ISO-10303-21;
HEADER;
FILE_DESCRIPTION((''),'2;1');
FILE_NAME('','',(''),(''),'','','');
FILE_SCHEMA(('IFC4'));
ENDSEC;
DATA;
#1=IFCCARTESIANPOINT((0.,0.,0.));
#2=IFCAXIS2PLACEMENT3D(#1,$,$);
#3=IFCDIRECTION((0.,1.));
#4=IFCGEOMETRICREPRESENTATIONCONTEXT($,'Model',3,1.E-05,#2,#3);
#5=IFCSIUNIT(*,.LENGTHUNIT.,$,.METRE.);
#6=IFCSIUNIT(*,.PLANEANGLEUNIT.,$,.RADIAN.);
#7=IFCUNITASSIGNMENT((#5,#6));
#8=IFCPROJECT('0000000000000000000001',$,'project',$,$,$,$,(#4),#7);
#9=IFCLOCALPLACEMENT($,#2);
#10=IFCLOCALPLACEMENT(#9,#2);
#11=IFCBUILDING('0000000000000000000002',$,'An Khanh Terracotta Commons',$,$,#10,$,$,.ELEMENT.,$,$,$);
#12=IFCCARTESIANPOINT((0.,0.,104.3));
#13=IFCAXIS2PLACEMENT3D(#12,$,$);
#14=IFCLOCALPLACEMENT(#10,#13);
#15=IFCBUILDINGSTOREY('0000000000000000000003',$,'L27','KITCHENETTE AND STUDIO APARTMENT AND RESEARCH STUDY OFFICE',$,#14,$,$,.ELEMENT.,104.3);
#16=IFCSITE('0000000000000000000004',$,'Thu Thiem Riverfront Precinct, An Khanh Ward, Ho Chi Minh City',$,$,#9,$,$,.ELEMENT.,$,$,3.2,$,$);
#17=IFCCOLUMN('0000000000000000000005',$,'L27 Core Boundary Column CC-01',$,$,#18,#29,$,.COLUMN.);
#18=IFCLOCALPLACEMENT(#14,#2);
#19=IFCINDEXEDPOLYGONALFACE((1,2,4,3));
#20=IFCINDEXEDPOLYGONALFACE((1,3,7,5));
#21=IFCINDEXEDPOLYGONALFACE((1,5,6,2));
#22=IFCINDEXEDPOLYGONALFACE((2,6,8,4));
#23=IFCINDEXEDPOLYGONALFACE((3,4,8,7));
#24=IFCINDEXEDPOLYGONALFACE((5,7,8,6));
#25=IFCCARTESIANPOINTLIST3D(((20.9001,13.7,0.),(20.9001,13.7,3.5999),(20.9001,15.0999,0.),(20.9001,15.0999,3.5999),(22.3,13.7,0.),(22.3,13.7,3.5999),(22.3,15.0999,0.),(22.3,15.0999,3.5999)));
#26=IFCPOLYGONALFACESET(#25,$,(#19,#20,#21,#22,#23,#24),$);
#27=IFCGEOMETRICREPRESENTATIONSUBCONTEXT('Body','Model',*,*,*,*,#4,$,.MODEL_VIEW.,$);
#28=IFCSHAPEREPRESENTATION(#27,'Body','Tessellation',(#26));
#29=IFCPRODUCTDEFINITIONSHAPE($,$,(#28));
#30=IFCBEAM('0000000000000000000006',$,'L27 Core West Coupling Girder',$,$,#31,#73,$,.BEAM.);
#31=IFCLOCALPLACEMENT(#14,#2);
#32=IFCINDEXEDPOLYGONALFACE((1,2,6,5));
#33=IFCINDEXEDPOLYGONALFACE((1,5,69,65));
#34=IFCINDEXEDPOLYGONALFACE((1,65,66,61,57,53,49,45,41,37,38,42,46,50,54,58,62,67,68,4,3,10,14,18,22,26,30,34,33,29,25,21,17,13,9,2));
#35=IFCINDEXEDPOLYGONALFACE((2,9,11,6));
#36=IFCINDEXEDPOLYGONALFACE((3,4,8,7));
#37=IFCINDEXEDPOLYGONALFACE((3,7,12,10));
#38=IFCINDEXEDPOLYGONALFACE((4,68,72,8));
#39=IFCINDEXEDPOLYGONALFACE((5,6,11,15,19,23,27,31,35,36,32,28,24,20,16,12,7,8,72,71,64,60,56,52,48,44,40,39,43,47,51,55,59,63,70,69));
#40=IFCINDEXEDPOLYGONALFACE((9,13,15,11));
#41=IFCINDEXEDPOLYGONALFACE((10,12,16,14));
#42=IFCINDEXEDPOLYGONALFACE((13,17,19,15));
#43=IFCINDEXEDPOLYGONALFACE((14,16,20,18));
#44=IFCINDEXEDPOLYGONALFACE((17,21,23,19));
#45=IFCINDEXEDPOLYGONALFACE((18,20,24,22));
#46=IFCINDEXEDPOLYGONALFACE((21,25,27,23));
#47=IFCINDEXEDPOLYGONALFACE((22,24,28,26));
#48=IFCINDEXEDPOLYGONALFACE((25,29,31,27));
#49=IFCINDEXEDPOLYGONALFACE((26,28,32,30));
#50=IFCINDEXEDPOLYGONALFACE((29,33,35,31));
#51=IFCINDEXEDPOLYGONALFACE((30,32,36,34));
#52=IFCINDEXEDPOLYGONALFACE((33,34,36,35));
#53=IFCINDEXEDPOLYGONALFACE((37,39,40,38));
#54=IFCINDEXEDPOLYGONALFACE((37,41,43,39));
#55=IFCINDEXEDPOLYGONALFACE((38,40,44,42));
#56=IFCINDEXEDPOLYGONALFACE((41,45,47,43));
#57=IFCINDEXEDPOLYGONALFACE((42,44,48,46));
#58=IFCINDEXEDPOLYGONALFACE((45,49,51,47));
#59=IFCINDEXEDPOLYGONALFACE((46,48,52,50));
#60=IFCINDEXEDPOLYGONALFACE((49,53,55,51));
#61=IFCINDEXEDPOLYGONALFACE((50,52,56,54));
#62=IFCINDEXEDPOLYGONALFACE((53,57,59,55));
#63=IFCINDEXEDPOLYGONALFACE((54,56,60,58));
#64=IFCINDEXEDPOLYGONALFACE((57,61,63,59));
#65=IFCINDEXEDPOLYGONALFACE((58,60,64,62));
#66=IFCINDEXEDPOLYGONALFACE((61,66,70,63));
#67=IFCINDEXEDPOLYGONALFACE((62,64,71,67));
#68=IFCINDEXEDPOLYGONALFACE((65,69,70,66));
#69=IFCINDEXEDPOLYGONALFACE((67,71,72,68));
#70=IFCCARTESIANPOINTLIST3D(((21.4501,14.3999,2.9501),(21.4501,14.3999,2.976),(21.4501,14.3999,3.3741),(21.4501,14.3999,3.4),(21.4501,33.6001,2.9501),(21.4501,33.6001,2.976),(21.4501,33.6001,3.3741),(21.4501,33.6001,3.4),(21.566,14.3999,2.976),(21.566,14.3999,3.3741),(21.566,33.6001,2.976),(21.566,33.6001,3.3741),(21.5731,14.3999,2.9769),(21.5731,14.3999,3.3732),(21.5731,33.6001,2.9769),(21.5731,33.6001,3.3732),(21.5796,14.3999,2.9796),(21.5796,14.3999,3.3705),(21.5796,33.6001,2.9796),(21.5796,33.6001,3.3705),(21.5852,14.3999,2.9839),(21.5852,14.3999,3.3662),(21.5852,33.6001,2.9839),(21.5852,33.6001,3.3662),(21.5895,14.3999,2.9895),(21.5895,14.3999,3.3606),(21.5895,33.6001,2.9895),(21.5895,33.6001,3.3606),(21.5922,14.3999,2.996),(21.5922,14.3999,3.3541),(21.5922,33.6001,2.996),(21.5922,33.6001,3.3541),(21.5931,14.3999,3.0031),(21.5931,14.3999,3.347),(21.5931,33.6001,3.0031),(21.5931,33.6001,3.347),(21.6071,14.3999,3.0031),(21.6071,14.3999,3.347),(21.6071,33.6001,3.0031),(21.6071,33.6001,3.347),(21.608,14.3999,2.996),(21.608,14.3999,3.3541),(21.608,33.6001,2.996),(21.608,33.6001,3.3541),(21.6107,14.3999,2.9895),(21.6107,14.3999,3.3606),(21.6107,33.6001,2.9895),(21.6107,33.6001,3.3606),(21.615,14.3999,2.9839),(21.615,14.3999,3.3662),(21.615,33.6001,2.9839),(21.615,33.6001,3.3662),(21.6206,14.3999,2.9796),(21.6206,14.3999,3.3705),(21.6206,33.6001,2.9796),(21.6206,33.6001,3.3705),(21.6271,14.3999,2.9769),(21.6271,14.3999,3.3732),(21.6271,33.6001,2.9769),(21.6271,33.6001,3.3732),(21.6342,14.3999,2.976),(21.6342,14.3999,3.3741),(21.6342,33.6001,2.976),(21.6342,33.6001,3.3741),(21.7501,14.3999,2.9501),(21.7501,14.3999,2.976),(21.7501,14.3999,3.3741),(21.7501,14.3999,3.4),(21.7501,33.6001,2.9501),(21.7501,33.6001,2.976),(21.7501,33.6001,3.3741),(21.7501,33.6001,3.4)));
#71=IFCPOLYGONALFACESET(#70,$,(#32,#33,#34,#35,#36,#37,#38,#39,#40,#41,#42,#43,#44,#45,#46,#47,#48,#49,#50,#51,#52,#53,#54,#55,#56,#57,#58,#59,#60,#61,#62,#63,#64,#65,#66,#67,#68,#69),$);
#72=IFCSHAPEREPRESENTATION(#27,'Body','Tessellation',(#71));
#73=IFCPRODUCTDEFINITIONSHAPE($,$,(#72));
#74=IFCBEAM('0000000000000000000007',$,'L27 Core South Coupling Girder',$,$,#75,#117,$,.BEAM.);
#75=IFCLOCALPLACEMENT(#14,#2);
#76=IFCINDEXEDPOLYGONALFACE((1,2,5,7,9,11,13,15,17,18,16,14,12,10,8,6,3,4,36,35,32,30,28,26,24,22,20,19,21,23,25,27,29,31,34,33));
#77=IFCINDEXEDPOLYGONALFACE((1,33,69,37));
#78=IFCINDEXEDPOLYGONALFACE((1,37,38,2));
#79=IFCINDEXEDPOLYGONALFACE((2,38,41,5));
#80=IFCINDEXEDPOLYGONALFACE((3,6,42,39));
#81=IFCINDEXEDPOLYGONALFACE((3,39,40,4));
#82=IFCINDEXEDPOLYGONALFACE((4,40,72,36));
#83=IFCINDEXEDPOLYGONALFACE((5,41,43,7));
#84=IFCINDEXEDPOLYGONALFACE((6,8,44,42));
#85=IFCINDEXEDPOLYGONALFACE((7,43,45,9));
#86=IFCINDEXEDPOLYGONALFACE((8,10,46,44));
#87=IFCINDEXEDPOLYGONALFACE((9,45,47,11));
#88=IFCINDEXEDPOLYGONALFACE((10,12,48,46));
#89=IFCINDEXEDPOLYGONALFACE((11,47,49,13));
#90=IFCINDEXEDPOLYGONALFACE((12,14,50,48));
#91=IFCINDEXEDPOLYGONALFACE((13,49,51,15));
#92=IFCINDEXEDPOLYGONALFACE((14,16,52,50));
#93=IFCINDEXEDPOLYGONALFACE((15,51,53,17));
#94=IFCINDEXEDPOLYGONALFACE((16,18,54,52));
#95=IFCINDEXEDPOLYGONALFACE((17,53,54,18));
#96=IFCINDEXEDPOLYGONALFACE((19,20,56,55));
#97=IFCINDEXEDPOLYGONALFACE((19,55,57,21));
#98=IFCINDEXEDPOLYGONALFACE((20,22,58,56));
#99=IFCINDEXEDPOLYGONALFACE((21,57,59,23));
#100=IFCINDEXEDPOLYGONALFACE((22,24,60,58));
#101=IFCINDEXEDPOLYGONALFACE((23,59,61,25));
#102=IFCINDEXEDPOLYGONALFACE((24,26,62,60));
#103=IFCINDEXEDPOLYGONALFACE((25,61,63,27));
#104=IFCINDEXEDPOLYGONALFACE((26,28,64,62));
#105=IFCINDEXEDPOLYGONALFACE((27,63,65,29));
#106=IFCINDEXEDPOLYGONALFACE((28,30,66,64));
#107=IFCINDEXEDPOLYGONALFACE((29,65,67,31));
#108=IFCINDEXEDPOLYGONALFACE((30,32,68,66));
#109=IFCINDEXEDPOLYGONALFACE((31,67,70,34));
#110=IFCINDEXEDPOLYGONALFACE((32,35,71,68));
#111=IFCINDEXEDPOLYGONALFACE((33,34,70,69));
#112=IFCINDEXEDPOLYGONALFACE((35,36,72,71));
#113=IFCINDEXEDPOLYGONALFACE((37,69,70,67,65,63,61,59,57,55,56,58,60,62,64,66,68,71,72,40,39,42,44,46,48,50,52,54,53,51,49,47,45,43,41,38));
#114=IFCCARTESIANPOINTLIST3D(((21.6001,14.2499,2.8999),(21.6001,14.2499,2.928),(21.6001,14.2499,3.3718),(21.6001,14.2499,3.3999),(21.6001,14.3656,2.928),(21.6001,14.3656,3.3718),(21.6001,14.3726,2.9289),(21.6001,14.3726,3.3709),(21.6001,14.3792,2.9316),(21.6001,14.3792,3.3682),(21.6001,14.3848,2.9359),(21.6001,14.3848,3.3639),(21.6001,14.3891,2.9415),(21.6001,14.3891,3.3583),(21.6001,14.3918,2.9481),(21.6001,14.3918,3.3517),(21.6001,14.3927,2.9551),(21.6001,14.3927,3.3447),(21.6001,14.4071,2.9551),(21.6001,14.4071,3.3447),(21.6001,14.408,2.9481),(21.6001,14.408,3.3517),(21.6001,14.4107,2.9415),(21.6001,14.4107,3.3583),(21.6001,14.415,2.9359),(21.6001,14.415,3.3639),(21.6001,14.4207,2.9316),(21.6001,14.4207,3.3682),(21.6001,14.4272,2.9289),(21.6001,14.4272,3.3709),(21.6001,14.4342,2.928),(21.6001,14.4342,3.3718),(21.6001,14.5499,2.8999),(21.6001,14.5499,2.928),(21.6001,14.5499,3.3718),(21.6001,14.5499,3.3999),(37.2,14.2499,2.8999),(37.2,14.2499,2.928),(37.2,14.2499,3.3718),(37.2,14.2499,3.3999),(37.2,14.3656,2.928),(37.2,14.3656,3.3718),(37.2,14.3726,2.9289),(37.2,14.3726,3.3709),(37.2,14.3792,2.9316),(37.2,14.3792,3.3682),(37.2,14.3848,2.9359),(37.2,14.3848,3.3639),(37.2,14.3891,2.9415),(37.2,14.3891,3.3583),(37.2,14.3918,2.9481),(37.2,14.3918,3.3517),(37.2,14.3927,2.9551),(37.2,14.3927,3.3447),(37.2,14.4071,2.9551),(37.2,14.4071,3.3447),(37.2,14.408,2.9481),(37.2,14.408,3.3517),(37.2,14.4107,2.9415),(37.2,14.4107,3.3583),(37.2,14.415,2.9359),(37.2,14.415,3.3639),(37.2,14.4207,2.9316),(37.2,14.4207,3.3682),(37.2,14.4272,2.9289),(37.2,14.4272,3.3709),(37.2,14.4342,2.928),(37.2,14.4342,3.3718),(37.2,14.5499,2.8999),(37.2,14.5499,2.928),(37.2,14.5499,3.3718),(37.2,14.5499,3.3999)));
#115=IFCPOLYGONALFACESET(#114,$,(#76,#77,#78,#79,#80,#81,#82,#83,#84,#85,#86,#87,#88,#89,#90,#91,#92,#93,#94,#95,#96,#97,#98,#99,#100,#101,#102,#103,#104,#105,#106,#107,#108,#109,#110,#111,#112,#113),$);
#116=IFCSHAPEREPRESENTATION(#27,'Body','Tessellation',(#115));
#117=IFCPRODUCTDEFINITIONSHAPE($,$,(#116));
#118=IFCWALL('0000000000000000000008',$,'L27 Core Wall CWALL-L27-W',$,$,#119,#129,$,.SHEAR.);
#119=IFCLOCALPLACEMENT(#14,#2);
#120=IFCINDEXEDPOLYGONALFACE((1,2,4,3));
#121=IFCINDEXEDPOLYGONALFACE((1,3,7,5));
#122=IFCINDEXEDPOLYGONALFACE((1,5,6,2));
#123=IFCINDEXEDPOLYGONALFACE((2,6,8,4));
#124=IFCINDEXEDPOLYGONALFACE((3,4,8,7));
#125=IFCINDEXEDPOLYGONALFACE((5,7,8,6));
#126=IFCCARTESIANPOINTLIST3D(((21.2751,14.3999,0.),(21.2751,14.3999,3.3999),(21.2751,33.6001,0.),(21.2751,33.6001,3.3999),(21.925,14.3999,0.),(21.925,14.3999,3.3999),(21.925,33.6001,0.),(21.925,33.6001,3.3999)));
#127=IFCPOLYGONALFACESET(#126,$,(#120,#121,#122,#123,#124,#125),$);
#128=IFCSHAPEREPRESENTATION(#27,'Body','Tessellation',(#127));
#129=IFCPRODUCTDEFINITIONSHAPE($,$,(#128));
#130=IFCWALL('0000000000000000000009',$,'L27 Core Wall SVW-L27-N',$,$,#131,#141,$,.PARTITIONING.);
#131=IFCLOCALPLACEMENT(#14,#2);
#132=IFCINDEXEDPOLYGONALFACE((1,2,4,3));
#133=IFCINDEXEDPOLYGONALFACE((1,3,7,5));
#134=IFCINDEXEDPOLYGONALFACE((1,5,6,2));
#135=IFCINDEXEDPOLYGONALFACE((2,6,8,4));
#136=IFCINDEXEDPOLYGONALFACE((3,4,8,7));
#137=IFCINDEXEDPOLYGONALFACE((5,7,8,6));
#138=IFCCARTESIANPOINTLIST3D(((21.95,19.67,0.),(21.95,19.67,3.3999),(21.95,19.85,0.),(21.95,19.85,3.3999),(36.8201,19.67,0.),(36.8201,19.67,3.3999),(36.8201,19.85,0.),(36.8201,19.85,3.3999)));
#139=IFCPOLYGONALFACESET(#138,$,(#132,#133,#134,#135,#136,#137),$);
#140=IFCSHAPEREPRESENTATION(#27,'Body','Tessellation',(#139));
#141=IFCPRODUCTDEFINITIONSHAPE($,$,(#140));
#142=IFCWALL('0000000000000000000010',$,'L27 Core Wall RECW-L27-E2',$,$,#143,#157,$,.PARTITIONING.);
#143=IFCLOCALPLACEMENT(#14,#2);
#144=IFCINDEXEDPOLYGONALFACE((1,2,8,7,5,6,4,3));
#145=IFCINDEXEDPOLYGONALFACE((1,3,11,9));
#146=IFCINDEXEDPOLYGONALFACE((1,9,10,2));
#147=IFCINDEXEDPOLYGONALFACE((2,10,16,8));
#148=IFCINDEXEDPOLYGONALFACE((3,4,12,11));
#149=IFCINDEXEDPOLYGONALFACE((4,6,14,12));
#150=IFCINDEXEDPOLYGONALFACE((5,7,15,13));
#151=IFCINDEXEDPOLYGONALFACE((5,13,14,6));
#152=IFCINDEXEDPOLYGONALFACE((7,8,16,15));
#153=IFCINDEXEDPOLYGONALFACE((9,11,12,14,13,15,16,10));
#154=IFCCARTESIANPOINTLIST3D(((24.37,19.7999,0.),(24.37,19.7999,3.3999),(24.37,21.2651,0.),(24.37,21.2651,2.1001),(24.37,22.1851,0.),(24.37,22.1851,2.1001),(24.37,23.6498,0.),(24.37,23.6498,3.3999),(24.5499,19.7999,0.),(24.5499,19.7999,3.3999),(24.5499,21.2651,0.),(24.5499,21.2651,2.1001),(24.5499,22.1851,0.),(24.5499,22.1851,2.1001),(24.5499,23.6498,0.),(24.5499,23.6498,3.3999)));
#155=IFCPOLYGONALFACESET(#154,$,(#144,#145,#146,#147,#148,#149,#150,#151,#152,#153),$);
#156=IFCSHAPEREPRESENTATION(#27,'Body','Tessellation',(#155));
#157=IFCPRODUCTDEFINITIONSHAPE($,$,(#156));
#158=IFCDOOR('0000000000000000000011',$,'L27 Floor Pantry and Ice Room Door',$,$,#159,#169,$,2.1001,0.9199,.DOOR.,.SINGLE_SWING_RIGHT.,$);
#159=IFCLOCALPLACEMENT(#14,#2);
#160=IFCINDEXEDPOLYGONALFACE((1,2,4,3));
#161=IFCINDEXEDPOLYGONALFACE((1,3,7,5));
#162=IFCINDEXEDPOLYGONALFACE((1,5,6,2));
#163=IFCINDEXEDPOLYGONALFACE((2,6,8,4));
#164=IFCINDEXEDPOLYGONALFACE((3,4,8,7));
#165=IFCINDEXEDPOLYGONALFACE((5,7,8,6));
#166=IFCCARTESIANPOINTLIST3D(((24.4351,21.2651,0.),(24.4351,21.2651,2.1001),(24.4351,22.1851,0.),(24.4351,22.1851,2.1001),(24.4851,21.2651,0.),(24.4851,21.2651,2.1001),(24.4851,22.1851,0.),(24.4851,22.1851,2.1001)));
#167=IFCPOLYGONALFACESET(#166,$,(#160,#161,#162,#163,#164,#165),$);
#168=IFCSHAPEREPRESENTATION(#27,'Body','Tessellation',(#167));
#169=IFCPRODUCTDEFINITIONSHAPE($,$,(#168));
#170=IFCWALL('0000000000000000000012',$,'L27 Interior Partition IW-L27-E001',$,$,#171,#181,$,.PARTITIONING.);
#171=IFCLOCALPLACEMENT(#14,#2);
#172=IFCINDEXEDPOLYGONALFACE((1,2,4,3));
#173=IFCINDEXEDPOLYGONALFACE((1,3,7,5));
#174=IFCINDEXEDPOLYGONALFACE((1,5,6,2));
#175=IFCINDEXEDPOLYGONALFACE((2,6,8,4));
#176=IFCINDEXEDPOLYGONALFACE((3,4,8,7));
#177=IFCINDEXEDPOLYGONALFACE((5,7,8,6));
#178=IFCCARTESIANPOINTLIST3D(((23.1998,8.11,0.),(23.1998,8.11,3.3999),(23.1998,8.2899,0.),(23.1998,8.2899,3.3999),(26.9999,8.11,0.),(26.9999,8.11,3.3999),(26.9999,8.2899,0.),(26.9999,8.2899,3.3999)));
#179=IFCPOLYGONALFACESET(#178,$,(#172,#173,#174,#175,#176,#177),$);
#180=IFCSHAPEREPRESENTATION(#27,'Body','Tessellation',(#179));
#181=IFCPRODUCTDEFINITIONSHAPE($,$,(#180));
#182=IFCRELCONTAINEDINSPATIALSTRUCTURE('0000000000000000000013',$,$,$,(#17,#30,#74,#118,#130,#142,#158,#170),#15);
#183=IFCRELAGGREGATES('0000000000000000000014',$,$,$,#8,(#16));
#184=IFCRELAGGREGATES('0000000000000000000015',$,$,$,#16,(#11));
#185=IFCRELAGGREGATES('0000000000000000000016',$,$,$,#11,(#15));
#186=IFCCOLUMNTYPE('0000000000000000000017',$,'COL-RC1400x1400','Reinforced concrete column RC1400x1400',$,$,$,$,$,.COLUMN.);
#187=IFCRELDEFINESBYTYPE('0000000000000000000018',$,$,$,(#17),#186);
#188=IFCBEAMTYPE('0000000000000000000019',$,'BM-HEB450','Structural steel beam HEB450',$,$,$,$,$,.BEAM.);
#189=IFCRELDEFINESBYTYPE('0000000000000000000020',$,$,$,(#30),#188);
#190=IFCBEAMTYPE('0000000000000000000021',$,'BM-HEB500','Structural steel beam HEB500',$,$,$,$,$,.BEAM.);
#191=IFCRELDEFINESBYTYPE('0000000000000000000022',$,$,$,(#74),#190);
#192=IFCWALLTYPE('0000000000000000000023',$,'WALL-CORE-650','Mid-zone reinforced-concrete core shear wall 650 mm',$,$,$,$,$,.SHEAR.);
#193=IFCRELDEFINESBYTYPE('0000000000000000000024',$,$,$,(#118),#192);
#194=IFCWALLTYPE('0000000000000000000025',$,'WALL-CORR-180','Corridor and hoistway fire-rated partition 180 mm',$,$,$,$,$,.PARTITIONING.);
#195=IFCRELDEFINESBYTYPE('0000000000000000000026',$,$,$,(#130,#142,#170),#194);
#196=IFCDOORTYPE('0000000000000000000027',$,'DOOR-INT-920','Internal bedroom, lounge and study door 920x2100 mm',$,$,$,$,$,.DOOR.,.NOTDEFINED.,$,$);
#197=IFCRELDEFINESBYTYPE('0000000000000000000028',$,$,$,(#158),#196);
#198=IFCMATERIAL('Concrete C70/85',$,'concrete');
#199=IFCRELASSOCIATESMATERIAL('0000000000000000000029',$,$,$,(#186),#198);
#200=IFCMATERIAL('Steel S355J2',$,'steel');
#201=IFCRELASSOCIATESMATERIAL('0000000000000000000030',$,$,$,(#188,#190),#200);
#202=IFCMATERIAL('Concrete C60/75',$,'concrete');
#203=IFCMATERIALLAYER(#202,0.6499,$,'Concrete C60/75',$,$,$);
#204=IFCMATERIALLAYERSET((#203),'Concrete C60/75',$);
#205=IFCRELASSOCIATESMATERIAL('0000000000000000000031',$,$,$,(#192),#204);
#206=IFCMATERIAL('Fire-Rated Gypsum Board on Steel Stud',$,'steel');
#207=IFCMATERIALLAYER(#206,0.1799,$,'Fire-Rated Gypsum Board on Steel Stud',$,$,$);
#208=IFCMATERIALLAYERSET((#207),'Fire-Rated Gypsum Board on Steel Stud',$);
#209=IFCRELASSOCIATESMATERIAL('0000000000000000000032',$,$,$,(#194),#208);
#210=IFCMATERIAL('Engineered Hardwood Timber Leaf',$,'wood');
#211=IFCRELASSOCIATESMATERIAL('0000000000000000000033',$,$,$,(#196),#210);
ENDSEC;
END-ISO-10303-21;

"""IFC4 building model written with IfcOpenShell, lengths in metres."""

from ifc_helpers import new_model, si_unit, direction, frame, frame_2d, origin, origin_2d, place, context, subcontext, project, spatial, rectangle, i_section, extrude, material, layer, layer_set, material_profile, profile_set, type_object, element, fill, save


model = new_model("IFC4")

# Units and contexts
model_context = context("Model", 3, precision=1e-05, world=origin(), true_north=direction((0.0, 1.0)))
body_context = subcontext(model_context, "Body", "Model", "MODEL_VIEW")
ifc_project = project(units=[si_unit("LENGTHUNIT", "METRE"), si_unit("PLANEANGLEUNIT", "RADIAN")], contexts=[model_context])

# Site, building, storey
site_placement = place(None, origin())
site = spatial("IfcSite", under=ifc_project, at=site_placement, Name="Thu Thiem Riverfront Precinct, An Khanh Ward, Ho Chi Minh City", CompositionType="ELEMENT", RefElevation=3.2)
building_placement = place(site_placement, origin())
building = spatial("IfcBuilding", under=site, at=building_placement, Name="An Khanh Terracotta Commons", CompositionType="ELEMENT")
storey_placement = place(building_placement, frame((0.0, 0.0, 104.3)))
storey = spatial("IfcBuildingStorey", under=building, at=storey_placement, Name="L27", Description="KITCHENETTE AND STUDIO APARTMENT AND RESEARCH STUDY OFFICE", CompositionType="ELEMENT", Elevation=104.3)

# Column
ifc_material_1 = material(Name="Concrete C70/85", Category="concrete")
ifc_material_profile_1 = material_profile(ifc_material_1, rectangle(XDim=1.3999, YDim=1.3999, at=origin_2d()), Name="RC1400x1400")
ifc_profile_set_1 = profile_set([ifc_material_profile_1], Name="Concrete C70/85")
column_type = type_object("IfcColumnType", Name="COL-RC1400x1400", Description="Reinforced concrete column RC1400x1400", PredefinedType="COLUMN", material=ifc_profile_set_1)
column_placement = place(storey_placement, frame((21.6001, 14.3999, 0.0), z_axis=(0.0, 0.0, 1.0), x_axis=(1.0, 0.0, 0.0)))
element("IfcColumn", 1, at=column_placement, inside=storey, type_object=column_type, Name="L27 Core Boundary Column CC-01", PredefinedType="COLUMN", context=body_context, shape_type="SweptSolid", body=[
    extrude(rectangle(XDim=1.3999, YDim=1.3999, at=origin_2d()), origin(), (0.0, 0.0, 1.0), 3.5999),
])

# Beams
ifc_material_2 = material(Name="Steel S355J2", Category="steel")
ifc_material_profile_2 = material_profile(ifc_material_2, i_section(OverallWidth=0.3, OverallDepth=0.45, WebThickness=0.0139, FlangeThickness=0.0259, FilletRadius=0.0271, at=origin_2d()), Name="HEB450")
ifc_profile_set_2 = profile_set([ifc_material_profile_2], Name="Steel S355J2")
beam_type_1 = type_object("IfcBeamType", Name="BM-HEB450", Description="Structural steel beam HEB450", PredefinedType="BEAM", material=ifc_profile_set_2)
beam_1_placement = place(storey_placement, frame((21.6001, 14.3999, 3.175), z_axis=(0.0, 1.0, 0.0), x_axis=(-1.0, 0.0, 0.0)))
element("IfcBeam", 2, at=beam_1_placement, inside=storey, type_object=beam_type_1, Name="L27 Core West Coupling Girder", PredefinedType="BEAM", context=body_context, shape_type="SweptSolid", body=[
    extrude(i_section(OverallWidth=0.3, OverallDepth=0.45, WebThickness=0.0139, FlangeThickness=0.0259, FilletRadius=0.0271, at=origin_2d()), origin(), (0.0, 0.0, 1.0), 19.2002),
])
ifc_material_profile_3 = material_profile(ifc_material_2, i_section(OverallWidth=0.3, OverallDepth=0.5, WebThickness=0.0144, FlangeThickness=0.0281, FilletRadius=0.0271, at=origin_2d()), Name="HEB500")
ifc_profile_set_3 = profile_set([ifc_material_profile_3], Name="Steel S355J2")
beam_type_2 = type_object("IfcBeamType", Name="BM-HEB500", Description="Structural steel beam HEB500", PredefinedType="BEAM", material=ifc_profile_set_3)
beam_2_placement = place(storey_placement, frame((21.6001, 14.3999, 3.1499), z_axis=(1.0, 0.0, 0.0), x_axis=(0.0, 1.0, 0.0)))
element("IfcBeam", 3, at=beam_2_placement, inside=storey, type_object=beam_type_2, Name="L27 Core South Coupling Girder", PredefinedType="BEAM", context=body_context, shape_type="SweptSolid", body=[
    extrude(i_section(OverallWidth=0.3, OverallDepth=0.5, WebThickness=0.0144, FlangeThickness=0.0281, FilletRadius=0.0271, at=origin_2d()), origin(), (0.0, 0.0, 1.0), 15.5999),
])

# Walls
ifc_material_3 = material(Name="Concrete C60/75", Category="concrete")
ifc_layer_1 = layer(ifc_material_3, 0.6499, Name="Concrete C60/75")
ifc_layer_set_1 = layer_set([ifc_layer_1], Name="Concrete C60/75")
wall_type_1 = type_object("IfcWallType", Name="WALL-CORE-650", Description="Mid-zone reinforced-concrete core shear wall 650 mm", PredefinedType="SHEAR", material=ifc_layer_set_1)
wall_1_placement = place(storey_placement, frame((21.6001, 14.3999, 0.0), z_axis=(0.0, 0.0, 1.0), x_axis=(0.0, 1.0, 0.0)))
element("IfcWall", 4, at=wall_1_placement, inside=storey, type_object=wall_type_1, Name="L27 Core Wall CWALL-L27-W", PredefinedType="SHEAR", context=body_context, shape_type="SweptSolid", body=[
    extrude(rectangle(XDim=19.2002, YDim=0.6499, at=frame_2d((9.6001, 0.0))), origin(), (0.0, 0.0, 1.0), 3.3999),
])
ifc_material_4 = material(Name="Fire-Rated Gypsum Board on Steel Stud", Category="steel")
ifc_layer_2 = layer(ifc_material_4, 0.1799, Name="Fire-Rated Gypsum Board on Steel Stud")
ifc_layer_set_2 = layer_set([ifc_layer_2], Name="Fire-Rated Gypsum Board on Steel Stud")
wall_type_2 = type_object("IfcWallType", Name="WALL-CORR-180", Description="Corridor and hoistway fire-rated partition 180 mm", PredefinedType="PARTITIONING", material=ifc_layer_set_2)
wall_2_placement = place(storey_placement, frame((21.95, 19.76, 0.0), z_axis=(0.0, 0.0, 1.0), x_axis=(1.0, 0.0, 0.0)))
element("IfcWall", 5, at=wall_2_placement, inside=storey, type_object=wall_type_2, Name="L27 Core Wall SVW-L27-N", PredefinedType="PARTITIONING", context=body_context, shape_type="SweptSolid", body=[
    extrude(rectangle(XDim=14.8701, YDim=0.1799, at=frame_2d((7.4351, 0.0))), origin(), (0.0, 0.0, 1.0), 3.3999),
])

# Wall, opening, door
wall_3_placement = place(storey_placement, frame((24.46, 19.8, 0.0), z_axis=(0.0, 0.0, 1.0), x_axis=(0.0, 1.0, 0.0)))
wall_3 = element("IfcWall", 6, at=wall_3_placement, inside=storey, type_object=wall_type_2, Name="L27 Core Wall RECW-L27-E2", PredefinedType="PARTITIONING", context=body_context, shape_type="SweptSolid", body=[
    extrude(rectangle(XDim=3.8499, YDim=0.1799, at=frame_2d((1.9248, 0.0))), origin(), (0.0, 0.0, 1.0), 3.3999),
])
opening_1_placement = place(wall_3_placement, frame((1.4651, 0.0, 0.0)))
opening_1 = element("IfcOpeningElement", 7, at=opening_1_placement, cuts=wall_3, PredefinedType="OPENING", context=body_context, shape_type="SweptSolid", body=[
    extrude(rectangle(XDim=0.9199, YDim=2.1001, at=frame_2d((0.46, 1.05))), frame((0.0, 0.0999, 0.0), z_axis=(0.0, -1.0, 0.0), x_axis=(1.0, 0.0, 0.0)), (0.0, 0.0, 1.0), 0.2),
])
ifc_material_5 = material(Name="Engineered Hardwood Timber Leaf", Category="wood")
door_type_1 = type_object("IfcDoorType", Name="DOOR-INT-920", Description="Internal bedroom, lounge and study door 920x2100 mm", OperationType="NOTDEFINED", PredefinedType="DOOR", material=ifc_material_5)
door_1_placement = place(opening_1_placement, origin())
door_1 = element("IfcDoor", 8, at=door_1_placement, inside=storey, type_object=door_type_1, Name="L27 Floor Pantry and Ice Room Door", OperationType="SINGLE_SWING_RIGHT", OverallHeight=2.1001, OverallWidth=0.9199, PredefinedType="DOOR", context=body_context, shape_type="SweptSolid", body=[
    extrude(rectangle(XDim=0.9199, YDim=2.1001, at=frame_2d((0.46, 1.05))), frame((0.0, 0.0249, 0.0), z_axis=(0.0, -1.0, 0.0), x_axis=(1.0, 0.0, 0.0)), (0.0, 0.0, 1.0), 0.05),
])
fill(opening_1, door_1)

# Wall
wall_4_placement = place(storey_placement, frame((23.2, 8.2, 0.0), z_axis=(0.0, 0.0, 1.0), x_axis=(1.0, 0.0, 0.0)))
element("IfcWall", 9, at=wall_4_placement, inside=storey, type_object=wall_type_2, Name="L27 Interior Partition IW-L27-E001", PredefinedType="PARTITIONING", context=body_context, shape_type="SweptSolid", body=[
    extrude(rectangle(XDim=3.8, YDim=0.1799, at=frame_2d((1.8999, 0.0))), origin(), (0.0, 0.0, 1.0), 3.3999),
])

save(model, "model.ifc")
